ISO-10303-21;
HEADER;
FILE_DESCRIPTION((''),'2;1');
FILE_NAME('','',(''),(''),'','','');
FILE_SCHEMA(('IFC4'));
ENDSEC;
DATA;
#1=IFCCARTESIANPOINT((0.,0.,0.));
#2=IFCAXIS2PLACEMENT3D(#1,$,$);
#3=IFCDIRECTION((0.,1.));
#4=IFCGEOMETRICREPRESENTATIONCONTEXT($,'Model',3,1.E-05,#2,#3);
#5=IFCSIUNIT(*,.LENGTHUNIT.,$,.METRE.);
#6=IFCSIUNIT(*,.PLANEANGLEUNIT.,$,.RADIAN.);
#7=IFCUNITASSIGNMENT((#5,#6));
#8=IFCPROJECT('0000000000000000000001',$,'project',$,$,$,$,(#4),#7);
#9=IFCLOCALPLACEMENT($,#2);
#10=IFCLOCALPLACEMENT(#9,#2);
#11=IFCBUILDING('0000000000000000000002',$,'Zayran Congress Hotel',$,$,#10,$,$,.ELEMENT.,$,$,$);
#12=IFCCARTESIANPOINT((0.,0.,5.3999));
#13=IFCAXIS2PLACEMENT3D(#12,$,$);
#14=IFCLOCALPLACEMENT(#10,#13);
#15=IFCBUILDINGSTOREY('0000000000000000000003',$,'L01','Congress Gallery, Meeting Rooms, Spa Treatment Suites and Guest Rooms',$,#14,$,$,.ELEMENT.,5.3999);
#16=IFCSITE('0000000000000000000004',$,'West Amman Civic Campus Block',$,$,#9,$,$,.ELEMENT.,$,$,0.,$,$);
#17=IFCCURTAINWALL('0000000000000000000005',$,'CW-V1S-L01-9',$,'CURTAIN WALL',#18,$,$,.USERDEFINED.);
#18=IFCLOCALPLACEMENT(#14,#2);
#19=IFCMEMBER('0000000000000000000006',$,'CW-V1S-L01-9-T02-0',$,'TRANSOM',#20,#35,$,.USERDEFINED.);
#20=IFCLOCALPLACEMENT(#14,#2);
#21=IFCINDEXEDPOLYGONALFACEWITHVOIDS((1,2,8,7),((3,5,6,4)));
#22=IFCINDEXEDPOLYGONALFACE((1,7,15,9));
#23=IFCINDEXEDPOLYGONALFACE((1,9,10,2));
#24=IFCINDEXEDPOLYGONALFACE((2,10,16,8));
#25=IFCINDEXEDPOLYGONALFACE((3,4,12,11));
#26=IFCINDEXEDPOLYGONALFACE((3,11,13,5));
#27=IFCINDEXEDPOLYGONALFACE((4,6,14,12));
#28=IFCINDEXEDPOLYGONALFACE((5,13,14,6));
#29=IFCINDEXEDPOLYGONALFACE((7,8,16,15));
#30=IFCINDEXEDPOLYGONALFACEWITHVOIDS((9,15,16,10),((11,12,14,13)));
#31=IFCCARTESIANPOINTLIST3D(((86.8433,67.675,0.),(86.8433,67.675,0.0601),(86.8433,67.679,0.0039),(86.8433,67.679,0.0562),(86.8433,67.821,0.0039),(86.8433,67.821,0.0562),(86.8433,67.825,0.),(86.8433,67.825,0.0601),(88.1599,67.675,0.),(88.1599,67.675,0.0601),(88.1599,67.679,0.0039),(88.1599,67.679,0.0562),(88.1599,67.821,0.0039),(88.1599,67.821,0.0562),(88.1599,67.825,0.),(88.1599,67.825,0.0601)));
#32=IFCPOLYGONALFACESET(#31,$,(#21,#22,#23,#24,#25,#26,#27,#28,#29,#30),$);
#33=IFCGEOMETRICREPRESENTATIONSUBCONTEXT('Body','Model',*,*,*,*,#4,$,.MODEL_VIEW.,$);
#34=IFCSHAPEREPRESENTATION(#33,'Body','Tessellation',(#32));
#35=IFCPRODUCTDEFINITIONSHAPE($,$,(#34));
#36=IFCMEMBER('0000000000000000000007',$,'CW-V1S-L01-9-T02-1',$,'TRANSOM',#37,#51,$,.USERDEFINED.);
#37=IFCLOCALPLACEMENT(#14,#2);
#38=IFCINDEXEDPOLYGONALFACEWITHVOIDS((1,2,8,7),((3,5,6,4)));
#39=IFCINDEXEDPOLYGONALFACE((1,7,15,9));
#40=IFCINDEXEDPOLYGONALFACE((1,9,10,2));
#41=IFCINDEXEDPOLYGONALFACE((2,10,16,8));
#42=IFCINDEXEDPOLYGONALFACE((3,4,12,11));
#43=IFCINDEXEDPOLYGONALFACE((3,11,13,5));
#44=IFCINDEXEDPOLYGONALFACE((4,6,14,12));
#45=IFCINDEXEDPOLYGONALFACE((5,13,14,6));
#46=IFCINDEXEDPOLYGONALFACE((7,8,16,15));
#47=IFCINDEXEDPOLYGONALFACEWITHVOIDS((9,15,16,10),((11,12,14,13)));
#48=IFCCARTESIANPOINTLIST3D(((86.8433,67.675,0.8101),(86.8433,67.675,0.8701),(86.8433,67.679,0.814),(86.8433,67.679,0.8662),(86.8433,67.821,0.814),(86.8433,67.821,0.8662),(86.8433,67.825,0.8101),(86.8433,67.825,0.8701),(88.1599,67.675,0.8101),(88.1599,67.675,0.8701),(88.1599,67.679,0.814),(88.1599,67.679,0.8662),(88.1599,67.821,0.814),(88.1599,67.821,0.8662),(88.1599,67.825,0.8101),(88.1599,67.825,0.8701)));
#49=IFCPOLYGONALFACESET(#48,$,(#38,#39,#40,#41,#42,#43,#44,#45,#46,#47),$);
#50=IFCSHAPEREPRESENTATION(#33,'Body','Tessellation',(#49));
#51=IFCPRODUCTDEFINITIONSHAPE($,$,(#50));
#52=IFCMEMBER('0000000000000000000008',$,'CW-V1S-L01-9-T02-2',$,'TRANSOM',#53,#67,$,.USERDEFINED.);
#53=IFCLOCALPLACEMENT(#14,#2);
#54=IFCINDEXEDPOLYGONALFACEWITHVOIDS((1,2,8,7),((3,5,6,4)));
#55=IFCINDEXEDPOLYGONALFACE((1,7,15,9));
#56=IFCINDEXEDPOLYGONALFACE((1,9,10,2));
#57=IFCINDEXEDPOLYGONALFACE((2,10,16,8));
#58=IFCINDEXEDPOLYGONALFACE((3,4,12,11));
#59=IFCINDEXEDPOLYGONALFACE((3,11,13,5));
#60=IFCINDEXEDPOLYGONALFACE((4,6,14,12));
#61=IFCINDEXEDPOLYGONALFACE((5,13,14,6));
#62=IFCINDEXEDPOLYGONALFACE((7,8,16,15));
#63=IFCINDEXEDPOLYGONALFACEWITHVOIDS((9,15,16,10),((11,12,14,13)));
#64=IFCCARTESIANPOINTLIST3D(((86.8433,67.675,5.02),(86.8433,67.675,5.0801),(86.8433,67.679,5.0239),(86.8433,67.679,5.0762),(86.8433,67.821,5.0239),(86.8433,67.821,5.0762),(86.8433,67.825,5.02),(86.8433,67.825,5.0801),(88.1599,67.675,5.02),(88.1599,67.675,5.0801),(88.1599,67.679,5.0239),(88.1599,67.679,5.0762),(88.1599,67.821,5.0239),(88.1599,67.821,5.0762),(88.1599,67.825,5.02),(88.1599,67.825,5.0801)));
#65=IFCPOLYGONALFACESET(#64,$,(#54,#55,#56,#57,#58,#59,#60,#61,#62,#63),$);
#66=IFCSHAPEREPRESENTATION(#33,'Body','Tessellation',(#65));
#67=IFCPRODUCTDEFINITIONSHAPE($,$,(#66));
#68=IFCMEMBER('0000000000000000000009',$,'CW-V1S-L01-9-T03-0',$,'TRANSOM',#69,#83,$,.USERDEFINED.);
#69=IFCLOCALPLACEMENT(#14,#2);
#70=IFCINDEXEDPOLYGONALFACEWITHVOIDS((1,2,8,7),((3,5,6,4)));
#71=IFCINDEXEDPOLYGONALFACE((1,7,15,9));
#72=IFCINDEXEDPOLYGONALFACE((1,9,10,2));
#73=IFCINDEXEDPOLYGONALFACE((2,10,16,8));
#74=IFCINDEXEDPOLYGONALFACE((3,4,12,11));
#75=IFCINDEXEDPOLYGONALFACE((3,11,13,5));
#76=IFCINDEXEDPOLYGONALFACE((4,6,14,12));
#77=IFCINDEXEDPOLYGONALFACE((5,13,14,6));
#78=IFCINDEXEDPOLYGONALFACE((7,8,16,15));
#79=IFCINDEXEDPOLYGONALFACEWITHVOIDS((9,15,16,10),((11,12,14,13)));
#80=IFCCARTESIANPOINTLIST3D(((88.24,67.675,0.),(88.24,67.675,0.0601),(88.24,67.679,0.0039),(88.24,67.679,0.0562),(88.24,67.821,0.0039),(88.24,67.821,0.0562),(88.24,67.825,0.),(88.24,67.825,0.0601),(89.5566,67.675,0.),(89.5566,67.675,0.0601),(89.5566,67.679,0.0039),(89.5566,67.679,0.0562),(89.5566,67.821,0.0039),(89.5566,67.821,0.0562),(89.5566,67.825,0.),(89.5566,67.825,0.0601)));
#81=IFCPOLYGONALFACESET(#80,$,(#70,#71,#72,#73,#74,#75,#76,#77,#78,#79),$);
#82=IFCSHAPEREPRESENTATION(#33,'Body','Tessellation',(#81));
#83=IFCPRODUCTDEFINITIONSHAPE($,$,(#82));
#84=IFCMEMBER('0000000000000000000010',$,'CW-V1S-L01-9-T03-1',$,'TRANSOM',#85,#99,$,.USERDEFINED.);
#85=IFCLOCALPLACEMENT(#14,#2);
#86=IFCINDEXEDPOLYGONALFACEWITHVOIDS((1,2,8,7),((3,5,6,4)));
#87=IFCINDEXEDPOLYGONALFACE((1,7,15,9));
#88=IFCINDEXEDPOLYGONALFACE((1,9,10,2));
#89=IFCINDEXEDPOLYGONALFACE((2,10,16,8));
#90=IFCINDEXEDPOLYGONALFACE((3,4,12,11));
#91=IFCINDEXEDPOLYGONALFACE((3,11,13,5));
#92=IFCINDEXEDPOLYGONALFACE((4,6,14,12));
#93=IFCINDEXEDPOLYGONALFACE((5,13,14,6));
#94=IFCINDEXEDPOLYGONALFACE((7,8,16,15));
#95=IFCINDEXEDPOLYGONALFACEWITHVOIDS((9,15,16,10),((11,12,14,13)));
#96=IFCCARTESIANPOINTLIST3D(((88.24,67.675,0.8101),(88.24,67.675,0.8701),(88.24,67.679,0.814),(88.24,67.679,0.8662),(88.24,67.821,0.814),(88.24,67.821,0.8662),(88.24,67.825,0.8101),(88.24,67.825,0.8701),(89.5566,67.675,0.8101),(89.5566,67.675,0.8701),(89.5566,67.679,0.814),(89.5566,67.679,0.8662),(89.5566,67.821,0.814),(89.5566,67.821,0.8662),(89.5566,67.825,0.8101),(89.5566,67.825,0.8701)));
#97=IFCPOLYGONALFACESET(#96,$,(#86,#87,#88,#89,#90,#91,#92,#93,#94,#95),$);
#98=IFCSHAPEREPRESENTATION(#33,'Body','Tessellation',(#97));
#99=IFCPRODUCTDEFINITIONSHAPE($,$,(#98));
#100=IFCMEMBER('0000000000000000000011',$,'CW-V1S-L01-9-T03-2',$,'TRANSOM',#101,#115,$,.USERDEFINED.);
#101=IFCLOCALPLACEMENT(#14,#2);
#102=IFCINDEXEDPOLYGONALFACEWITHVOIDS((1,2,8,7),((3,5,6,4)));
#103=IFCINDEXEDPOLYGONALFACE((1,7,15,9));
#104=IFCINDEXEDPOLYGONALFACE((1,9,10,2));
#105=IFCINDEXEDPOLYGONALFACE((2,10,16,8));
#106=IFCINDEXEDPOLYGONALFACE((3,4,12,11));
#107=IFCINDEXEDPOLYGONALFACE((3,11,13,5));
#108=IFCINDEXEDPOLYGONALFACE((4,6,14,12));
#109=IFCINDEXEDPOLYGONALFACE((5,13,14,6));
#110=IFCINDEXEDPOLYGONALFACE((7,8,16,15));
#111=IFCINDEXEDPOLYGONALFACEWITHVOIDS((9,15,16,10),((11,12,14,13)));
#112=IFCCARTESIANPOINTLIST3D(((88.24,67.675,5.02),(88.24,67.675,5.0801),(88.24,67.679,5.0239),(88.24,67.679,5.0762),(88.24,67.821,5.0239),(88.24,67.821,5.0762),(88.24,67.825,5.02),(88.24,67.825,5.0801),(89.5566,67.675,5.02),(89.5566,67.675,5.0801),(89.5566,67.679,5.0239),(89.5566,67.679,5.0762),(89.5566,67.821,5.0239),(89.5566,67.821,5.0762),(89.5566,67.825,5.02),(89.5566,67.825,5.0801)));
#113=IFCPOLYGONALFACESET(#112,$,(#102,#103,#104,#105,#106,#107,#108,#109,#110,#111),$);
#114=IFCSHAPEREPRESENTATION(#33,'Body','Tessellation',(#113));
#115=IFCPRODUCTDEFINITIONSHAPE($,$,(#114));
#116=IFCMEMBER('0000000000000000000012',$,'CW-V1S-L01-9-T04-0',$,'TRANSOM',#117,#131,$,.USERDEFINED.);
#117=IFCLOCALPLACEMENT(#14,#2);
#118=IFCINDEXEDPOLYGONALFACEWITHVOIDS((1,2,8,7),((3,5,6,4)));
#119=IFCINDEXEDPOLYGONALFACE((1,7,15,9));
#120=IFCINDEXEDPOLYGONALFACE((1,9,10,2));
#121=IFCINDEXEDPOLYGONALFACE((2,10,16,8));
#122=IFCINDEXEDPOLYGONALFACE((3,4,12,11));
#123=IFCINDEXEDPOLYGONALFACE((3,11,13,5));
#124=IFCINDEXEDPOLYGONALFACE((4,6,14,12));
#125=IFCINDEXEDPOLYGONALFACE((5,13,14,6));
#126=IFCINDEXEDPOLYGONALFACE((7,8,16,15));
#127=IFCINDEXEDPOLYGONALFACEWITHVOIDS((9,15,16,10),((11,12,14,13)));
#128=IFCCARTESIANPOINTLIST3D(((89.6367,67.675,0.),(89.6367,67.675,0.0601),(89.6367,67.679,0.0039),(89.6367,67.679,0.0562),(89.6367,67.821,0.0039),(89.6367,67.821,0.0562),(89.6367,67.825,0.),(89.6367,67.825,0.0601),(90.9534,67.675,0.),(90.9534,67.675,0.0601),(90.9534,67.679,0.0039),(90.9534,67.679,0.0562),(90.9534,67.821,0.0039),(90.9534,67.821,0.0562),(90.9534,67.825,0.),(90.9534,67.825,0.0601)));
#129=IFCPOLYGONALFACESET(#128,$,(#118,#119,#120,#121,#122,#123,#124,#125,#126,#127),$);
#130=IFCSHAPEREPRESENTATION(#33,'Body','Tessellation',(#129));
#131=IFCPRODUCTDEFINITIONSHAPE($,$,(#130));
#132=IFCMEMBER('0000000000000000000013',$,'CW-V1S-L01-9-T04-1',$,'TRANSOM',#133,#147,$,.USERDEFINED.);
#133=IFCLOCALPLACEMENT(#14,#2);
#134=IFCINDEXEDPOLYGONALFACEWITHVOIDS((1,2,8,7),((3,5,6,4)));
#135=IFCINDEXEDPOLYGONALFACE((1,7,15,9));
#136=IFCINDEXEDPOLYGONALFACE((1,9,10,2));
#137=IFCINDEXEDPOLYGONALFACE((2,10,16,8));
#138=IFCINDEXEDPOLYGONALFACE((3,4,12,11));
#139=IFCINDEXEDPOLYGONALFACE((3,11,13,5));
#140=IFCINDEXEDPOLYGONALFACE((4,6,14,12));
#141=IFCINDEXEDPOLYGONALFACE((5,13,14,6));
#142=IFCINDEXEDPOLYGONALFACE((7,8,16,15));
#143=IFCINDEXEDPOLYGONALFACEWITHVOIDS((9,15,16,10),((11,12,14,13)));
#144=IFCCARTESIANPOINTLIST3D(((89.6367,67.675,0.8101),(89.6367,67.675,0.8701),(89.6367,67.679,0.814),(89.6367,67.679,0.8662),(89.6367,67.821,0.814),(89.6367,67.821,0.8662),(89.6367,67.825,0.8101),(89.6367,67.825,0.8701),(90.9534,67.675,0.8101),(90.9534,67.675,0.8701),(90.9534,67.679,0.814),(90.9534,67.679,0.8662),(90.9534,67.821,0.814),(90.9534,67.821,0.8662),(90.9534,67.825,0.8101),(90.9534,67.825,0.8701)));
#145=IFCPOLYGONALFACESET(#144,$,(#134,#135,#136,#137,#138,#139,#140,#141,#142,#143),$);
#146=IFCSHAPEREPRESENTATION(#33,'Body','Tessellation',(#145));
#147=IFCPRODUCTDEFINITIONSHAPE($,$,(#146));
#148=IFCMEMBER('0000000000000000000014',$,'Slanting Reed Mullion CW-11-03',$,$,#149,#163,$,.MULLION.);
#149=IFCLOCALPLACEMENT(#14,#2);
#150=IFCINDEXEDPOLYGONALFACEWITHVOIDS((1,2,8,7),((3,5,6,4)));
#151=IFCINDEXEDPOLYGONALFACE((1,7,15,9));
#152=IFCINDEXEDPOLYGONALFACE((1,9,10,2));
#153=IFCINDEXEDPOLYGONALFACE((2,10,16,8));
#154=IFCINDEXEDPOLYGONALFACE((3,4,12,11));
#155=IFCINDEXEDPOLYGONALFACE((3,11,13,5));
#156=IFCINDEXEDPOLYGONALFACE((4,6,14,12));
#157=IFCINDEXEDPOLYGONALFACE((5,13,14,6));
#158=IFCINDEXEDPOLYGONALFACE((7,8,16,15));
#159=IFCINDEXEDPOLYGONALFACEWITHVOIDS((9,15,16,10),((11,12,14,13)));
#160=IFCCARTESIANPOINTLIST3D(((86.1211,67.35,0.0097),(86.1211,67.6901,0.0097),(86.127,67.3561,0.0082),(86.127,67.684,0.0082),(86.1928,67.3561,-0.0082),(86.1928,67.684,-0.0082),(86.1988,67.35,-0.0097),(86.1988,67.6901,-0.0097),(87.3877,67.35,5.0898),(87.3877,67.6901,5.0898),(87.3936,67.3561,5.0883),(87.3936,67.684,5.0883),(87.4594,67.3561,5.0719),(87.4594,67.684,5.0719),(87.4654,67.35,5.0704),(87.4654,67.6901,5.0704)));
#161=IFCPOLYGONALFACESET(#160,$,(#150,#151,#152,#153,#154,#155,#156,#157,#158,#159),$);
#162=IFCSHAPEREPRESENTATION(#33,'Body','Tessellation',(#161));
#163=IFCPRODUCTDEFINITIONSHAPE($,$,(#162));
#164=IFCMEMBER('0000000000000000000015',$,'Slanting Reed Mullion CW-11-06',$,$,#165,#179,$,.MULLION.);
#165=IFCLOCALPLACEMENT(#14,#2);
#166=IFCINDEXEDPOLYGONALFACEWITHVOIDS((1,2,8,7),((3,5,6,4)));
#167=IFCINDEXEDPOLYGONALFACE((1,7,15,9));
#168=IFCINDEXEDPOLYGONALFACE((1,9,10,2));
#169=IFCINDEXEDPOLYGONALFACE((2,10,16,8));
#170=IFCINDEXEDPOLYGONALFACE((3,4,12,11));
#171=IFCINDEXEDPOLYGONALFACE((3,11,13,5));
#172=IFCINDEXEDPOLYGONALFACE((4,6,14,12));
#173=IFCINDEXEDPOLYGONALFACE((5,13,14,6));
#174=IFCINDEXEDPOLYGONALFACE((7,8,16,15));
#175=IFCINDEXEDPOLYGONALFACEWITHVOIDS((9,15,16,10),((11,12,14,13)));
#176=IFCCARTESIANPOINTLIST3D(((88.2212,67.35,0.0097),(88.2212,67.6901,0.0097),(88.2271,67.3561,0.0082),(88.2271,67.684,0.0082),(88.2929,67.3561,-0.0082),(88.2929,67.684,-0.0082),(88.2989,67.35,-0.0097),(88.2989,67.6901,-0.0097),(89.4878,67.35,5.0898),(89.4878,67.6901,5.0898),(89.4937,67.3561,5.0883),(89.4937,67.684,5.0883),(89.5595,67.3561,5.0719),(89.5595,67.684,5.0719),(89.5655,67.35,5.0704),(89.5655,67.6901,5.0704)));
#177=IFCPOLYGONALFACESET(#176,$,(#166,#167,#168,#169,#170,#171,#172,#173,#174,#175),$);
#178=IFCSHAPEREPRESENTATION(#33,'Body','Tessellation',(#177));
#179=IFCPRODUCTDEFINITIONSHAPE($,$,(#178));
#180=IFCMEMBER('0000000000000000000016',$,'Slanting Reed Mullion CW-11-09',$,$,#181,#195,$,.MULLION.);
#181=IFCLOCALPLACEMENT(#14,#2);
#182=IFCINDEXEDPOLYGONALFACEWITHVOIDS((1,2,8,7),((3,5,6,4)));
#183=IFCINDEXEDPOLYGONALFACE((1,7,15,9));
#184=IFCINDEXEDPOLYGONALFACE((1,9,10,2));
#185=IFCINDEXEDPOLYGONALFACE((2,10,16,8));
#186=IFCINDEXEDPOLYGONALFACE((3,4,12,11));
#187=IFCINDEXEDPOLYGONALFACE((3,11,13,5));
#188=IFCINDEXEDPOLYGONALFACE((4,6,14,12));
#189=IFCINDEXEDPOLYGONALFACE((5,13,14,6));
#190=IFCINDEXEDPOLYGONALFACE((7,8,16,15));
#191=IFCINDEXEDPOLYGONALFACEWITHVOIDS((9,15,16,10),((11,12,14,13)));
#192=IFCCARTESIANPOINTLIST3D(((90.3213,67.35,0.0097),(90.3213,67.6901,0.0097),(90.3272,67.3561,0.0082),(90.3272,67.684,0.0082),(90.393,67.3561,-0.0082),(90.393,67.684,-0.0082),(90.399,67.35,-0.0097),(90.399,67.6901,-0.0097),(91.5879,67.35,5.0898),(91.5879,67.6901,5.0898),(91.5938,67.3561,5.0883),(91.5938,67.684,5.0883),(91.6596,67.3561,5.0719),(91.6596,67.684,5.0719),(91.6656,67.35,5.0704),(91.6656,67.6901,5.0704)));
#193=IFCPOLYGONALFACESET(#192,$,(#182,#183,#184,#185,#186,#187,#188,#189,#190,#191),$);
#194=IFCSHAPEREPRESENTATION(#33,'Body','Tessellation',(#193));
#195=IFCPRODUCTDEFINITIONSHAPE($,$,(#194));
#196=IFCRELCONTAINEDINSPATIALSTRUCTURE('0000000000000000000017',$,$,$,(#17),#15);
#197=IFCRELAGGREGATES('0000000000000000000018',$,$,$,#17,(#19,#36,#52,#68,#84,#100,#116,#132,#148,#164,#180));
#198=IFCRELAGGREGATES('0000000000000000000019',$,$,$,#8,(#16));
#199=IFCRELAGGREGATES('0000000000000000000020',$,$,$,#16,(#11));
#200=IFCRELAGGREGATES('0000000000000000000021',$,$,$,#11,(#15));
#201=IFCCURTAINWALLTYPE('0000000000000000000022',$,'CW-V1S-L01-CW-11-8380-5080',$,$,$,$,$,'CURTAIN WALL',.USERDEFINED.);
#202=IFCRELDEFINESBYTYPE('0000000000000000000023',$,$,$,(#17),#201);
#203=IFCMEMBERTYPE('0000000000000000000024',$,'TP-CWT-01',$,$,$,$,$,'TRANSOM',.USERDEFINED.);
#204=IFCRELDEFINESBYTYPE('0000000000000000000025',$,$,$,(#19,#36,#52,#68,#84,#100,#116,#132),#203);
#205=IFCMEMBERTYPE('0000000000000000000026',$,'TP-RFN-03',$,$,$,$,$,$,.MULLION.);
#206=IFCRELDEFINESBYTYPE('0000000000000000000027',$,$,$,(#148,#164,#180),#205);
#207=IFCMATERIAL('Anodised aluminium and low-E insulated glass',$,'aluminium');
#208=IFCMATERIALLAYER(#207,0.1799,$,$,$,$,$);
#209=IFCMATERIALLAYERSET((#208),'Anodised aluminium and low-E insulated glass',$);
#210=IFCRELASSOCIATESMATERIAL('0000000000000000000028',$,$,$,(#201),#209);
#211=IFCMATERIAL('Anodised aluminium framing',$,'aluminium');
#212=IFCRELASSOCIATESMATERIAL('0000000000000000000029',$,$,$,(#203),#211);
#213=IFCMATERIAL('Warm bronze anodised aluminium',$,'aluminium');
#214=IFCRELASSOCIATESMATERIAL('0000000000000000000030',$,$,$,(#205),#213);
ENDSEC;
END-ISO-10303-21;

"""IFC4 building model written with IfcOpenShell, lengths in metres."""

from ifc_helpers import new_model, si_unit, direction, frame, origin, origin_2d, place, context, subcontext, project, spatial, hollow_rectangle, extrude, material, layer, layer_set, material_profile, profile_set, type_object, element, aggregate, save


model = new_model("IFC4")

# Units and contexts
model_context = context("Model", 3, precision=1e-05, world=origin(), true_north=direction((0.0, 1.0)))
body_context = subcontext(model_context, "Body", "Model", "MODEL_VIEW")
ifc_project = project(units=[si_unit("LENGTHUNIT", "METRE"), si_unit("PLANEANGLEUNIT", "RADIAN")], contexts=[model_context])

# Site, building, storey
site_placement = place(None, origin())
site = spatial("IfcSite", under=ifc_project, at=site_placement, Name="West Amman Civic Campus Block", CompositionType="ELEMENT", RefElevation=0.0)
building_placement = place(site_placement, origin())
building = spatial("IfcBuilding", under=site, at=building_placement, Name="Zayran Congress Hotel", CompositionType="ELEMENT")
storey_placement = place(building_placement, frame((0.0, 0.0, 5.3999)))
storey = spatial("IfcBuildingStorey", under=building, at=storey_placement, Name="L01", Description="Congress Gallery, Meeting Rooms, Spa Treatment Suites and Guest Rooms", CompositionType="ELEMENT", Elevation=5.3999)

# Curtain wall, members
ifc_material_1 = material(Name="Anodised aluminium and low-E insulated glass", Category="aluminium")
ifc_layer_1 = layer(ifc_material_1, 0.1799)
ifc_layer_set_1 = layer_set([ifc_layer_1], Name="Anodised aluminium and low-E insulated glass")
curtain_wall_type = type_object("IfcCurtainWallType", Name="CW-V1S-L01-CW-11-8380-5080", ElementType="CURTAIN WALL", PredefinedType="USERDEFINED", material=ifc_layer_set_1)
curtain_wall_placement = place(storey_placement, origin())
curtain_wall = element("IfcCurtainWall", 1, at=curtain_wall_placement, inside=storey, type_object=curtain_wall_type, Name="CW-V1S-L01-9", ObjectType="CURTAIN WALL", PredefinedType="USERDEFINED")
ifc_material_2 = material(Name="Anodised aluminium framing", Category="aluminium")
ifc_material_profile_1 = material_profile(ifc_material_2, hollow_rectangle(XDim=0.0601, YDim=0.1499, WallThickness=0.0039, at=origin_2d()), Name="RHS 150x60x4")
ifc_profile_set_1 = profile_set([ifc_material_profile_1], Name="Anodised aluminium framing")
member_type_1 = type_object("IfcMemberType", Name="TP-CWT-01", ElementType="TRANSOM", PredefinedType="USERDEFINED", material=ifc_profile_set_1)
member_1_placement = place(storey_placement, frame((86.8433, 67.75, 0.03), z_axis=(1.0, 0.0, 0.0), x_axis=(0.0, 0.0, 1.0)))
member_1 = element("IfcMember", 2, at=member_1_placement, type_object=member_type_1, Name="CW-V1S-L01-9-T02-0", ObjectType="TRANSOM", PredefinedType="USERDEFINED", context=body_context, shape_type="SweptSolid", body=[
    extrude(hollow_rectangle(XDim=0.0601, YDim=0.1499, WallThickness=0.0039, at=origin_2d()), origin(), (0.0, 0.0, 1.0), 1.3167),
])
member_2_placement = place(storey_placement, frame((86.8433, 67.75, 0.8401), z_axis=(1.0, 0.0, 0.0), x_axis=(0.0, 0.0, 1.0)))
member_2 = element("IfcMember", 3, at=member_2_placement, type_object=member_type_1, Name="CW-V1S-L01-9-T02-1", ObjectType="TRANSOM", PredefinedType="USERDEFINED", context=body_context, shape_type="SweptSolid", body=[
    extrude(hollow_rectangle(XDim=0.0601, YDim=0.1499, WallThickness=0.0039, at=origin_2d()), origin(), (0.0, 0.0, 1.0), 1.3167),
])
member_3_placement = place(storey_placement, frame((86.8433, 67.75, 5.05), z_axis=(1.0, 0.0, 0.0), x_axis=(0.0, 0.0, 1.0)))
member_3 = element("IfcMember", 4, at=member_3_placement, type_object=member_type_1, Name="CW-V1S-L01-9-T02-2", ObjectType="TRANSOM", PredefinedType="USERDEFINED", context=body_context, shape_type="SweptSolid", body=[
    extrude(hollow_rectangle(XDim=0.0601, YDim=0.1499, WallThickness=0.0039, at=origin_2d()), origin(), (0.0, 0.0, 1.0), 1.3167),
])
member_4_placement = place(storey_placement, frame((88.24, 67.75, 0.03), z_axis=(1.0, 0.0, 0.0), x_axis=(0.0, 0.0, 1.0)))
member_4 = element("IfcMember", 5, at=member_4_placement, type_object=member_type_1, Name="CW-V1S-L01-9-T03-0", ObjectType="TRANSOM", PredefinedType="USERDEFINED", context=body_context, shape_type="SweptSolid", body=[
    extrude(hollow_rectangle(XDim=0.0601, YDim=0.1499, WallThickness=0.0039, at=origin_2d()), origin(), (0.0, 0.0, 1.0), 1.3167),
])
member_5_placement = place(storey_placement, frame((88.24, 67.75, 0.8401), z_axis=(1.0, 0.0, 0.0), x_axis=(0.0, 0.0, 1.0)))
member_5 = element("IfcMember", 6, at=member_5_placement, type_object=member_type_1, Name="CW-V1S-L01-9-T03-1", ObjectType="TRANSOM", PredefinedType="USERDEFINED", context=body_context, shape_type="SweptSolid", body=[
    extrude(hollow_rectangle(XDim=0.0601, YDim=0.1499, WallThickness=0.0039, at=origin_2d()), origin(), (0.0, 0.0, 1.0), 1.3167),
])
member_6_placement = place(storey_placement, frame((88.24, 67.75, 5.05), z_axis=(1.0, 0.0, 0.0), x_axis=(0.0, 0.0, 1.0)))
member_6 = element("IfcMember", 7, at=member_6_placement, type_object=member_type_1, Name="CW-V1S-L01-9-T03-2", ObjectType="TRANSOM", PredefinedType="USERDEFINED", context=body_context, shape_type="SweptSolid", body=[
    extrude(hollow_rectangle(XDim=0.0601, YDim=0.1499, WallThickness=0.0039, at=origin_2d()), origin(), (0.0, 0.0, 1.0), 1.3167),
])
member_7_placement = place(storey_placement, frame((89.6367, 67.75, 0.03), z_axis=(1.0, 0.0, 0.0), x_axis=(0.0, 0.0, 1.0)))
member_7 = element("IfcMember", 8, at=member_7_placement, type_object=member_type_1, Name="CW-V1S-L01-9-T04-0", ObjectType="TRANSOM", PredefinedType="USERDEFINED", context=body_context, shape_type="SweptSolid", body=[
    extrude(hollow_rectangle(XDim=0.0601, YDim=0.1499, WallThickness=0.0039, at=origin_2d()), origin(), (0.0, 0.0, 1.0), 1.3167),
])
member_8_placement = place(storey_placement, frame((89.6367, 67.75, 0.8401), z_axis=(1.0, 0.0, 0.0), x_axis=(0.0, 0.0, 1.0)))
member_8 = element("IfcMember", 9, at=member_8_placement, type_object=member_type_1, Name="CW-V1S-L01-9-T04-1", ObjectType="TRANSOM", PredefinedType="USERDEFINED", context=body_context, shape_type="SweptSolid", body=[
    extrude(hollow_rectangle(XDim=0.0601, YDim=0.1499, WallThickness=0.0039, at=origin_2d()), origin(), (0.0, 0.0, 1.0), 1.3167),
])
ifc_material_3 = material(Name="Warm bronze anodised aluminium", Category="aluminium")
ifc_material_profile_2 = material_profile(ifc_material_3, hollow_rectangle(XDim=0.0801, YDim=0.3401, WallThickness=0.0061, at=origin_2d()), Name="RHS 340x80x6")
ifc_profile_set_2 = profile_set([ifc_material_profile_2], Name="Warm bronze anodised aluminium")
member_type_2 = type_object("IfcMemberType", Name="TP-RFN-03", PredefinedType="MULLION", material=ifc_profile_set_2)
member_9_placement = place(storey_placement, frame((86.1599, 67.52, 0.0), z_axis=(0.241921, 0.0, 0.970296), x_axis=(-0.970296, 0.0, 0.241921)))
member_9 = element("IfcMember", 10, at=member_9_placement, type_object=member_type_2, Name="Slanting Reed Mullion CW-11-03", PredefinedType="MULLION", context=body_context, shape_type="SweptSolid", body=[
    extrude(hollow_rectangle(XDim=0.0801, YDim=0.3401, WallThickness=0.0061, at=origin_2d()), origin(), (0.0, 0.0, 1.0), 5.2356),
])
member_10_placement = place(storey_placement, frame((88.26, 67.52, 0.0), z_axis=(0.241921, 0.0, 0.970296), x_axis=(-0.970296, 0.0, 0.241921)))
member_10 = element("IfcMember", 11, at=member_10_placement, type_object=member_type_2, Name="Slanting Reed Mullion CW-11-06", PredefinedType="MULLION", context=body_context, shape_type="SweptSolid", body=[
    extrude(hollow_rectangle(XDim=0.0801, YDim=0.3401, WallThickness=0.0061, at=origin_2d()), origin(), (0.0, 0.0, 1.0), 5.2356),
])
member_11_placement = place(storey_placement, frame((90.3601, 67.52, 0.0), z_axis=(0.241921, 0.0, 0.970296), x_axis=(-0.970296, 0.0, 0.241921)))
member_11 = element("IfcMember", 12, at=member_11_placement, type_object=member_type_2, Name="Slanting Reed Mullion CW-11-09", PredefinedType="MULLION", context=body_context, shape_type="SweptSolid", body=[
    extrude(hollow_rectangle(XDim=0.0801, YDim=0.3401, WallThickness=0.0061, at=origin_2d()), origin(), (0.0, 0.0, 1.0), 5.2356),
])
aggregate(curtain_wall, [member_1, member_2, member_3, member_4, member_5, member_6, member_7, member_8, member_9, member_10, member_11])

save(model, "model.ifc")
